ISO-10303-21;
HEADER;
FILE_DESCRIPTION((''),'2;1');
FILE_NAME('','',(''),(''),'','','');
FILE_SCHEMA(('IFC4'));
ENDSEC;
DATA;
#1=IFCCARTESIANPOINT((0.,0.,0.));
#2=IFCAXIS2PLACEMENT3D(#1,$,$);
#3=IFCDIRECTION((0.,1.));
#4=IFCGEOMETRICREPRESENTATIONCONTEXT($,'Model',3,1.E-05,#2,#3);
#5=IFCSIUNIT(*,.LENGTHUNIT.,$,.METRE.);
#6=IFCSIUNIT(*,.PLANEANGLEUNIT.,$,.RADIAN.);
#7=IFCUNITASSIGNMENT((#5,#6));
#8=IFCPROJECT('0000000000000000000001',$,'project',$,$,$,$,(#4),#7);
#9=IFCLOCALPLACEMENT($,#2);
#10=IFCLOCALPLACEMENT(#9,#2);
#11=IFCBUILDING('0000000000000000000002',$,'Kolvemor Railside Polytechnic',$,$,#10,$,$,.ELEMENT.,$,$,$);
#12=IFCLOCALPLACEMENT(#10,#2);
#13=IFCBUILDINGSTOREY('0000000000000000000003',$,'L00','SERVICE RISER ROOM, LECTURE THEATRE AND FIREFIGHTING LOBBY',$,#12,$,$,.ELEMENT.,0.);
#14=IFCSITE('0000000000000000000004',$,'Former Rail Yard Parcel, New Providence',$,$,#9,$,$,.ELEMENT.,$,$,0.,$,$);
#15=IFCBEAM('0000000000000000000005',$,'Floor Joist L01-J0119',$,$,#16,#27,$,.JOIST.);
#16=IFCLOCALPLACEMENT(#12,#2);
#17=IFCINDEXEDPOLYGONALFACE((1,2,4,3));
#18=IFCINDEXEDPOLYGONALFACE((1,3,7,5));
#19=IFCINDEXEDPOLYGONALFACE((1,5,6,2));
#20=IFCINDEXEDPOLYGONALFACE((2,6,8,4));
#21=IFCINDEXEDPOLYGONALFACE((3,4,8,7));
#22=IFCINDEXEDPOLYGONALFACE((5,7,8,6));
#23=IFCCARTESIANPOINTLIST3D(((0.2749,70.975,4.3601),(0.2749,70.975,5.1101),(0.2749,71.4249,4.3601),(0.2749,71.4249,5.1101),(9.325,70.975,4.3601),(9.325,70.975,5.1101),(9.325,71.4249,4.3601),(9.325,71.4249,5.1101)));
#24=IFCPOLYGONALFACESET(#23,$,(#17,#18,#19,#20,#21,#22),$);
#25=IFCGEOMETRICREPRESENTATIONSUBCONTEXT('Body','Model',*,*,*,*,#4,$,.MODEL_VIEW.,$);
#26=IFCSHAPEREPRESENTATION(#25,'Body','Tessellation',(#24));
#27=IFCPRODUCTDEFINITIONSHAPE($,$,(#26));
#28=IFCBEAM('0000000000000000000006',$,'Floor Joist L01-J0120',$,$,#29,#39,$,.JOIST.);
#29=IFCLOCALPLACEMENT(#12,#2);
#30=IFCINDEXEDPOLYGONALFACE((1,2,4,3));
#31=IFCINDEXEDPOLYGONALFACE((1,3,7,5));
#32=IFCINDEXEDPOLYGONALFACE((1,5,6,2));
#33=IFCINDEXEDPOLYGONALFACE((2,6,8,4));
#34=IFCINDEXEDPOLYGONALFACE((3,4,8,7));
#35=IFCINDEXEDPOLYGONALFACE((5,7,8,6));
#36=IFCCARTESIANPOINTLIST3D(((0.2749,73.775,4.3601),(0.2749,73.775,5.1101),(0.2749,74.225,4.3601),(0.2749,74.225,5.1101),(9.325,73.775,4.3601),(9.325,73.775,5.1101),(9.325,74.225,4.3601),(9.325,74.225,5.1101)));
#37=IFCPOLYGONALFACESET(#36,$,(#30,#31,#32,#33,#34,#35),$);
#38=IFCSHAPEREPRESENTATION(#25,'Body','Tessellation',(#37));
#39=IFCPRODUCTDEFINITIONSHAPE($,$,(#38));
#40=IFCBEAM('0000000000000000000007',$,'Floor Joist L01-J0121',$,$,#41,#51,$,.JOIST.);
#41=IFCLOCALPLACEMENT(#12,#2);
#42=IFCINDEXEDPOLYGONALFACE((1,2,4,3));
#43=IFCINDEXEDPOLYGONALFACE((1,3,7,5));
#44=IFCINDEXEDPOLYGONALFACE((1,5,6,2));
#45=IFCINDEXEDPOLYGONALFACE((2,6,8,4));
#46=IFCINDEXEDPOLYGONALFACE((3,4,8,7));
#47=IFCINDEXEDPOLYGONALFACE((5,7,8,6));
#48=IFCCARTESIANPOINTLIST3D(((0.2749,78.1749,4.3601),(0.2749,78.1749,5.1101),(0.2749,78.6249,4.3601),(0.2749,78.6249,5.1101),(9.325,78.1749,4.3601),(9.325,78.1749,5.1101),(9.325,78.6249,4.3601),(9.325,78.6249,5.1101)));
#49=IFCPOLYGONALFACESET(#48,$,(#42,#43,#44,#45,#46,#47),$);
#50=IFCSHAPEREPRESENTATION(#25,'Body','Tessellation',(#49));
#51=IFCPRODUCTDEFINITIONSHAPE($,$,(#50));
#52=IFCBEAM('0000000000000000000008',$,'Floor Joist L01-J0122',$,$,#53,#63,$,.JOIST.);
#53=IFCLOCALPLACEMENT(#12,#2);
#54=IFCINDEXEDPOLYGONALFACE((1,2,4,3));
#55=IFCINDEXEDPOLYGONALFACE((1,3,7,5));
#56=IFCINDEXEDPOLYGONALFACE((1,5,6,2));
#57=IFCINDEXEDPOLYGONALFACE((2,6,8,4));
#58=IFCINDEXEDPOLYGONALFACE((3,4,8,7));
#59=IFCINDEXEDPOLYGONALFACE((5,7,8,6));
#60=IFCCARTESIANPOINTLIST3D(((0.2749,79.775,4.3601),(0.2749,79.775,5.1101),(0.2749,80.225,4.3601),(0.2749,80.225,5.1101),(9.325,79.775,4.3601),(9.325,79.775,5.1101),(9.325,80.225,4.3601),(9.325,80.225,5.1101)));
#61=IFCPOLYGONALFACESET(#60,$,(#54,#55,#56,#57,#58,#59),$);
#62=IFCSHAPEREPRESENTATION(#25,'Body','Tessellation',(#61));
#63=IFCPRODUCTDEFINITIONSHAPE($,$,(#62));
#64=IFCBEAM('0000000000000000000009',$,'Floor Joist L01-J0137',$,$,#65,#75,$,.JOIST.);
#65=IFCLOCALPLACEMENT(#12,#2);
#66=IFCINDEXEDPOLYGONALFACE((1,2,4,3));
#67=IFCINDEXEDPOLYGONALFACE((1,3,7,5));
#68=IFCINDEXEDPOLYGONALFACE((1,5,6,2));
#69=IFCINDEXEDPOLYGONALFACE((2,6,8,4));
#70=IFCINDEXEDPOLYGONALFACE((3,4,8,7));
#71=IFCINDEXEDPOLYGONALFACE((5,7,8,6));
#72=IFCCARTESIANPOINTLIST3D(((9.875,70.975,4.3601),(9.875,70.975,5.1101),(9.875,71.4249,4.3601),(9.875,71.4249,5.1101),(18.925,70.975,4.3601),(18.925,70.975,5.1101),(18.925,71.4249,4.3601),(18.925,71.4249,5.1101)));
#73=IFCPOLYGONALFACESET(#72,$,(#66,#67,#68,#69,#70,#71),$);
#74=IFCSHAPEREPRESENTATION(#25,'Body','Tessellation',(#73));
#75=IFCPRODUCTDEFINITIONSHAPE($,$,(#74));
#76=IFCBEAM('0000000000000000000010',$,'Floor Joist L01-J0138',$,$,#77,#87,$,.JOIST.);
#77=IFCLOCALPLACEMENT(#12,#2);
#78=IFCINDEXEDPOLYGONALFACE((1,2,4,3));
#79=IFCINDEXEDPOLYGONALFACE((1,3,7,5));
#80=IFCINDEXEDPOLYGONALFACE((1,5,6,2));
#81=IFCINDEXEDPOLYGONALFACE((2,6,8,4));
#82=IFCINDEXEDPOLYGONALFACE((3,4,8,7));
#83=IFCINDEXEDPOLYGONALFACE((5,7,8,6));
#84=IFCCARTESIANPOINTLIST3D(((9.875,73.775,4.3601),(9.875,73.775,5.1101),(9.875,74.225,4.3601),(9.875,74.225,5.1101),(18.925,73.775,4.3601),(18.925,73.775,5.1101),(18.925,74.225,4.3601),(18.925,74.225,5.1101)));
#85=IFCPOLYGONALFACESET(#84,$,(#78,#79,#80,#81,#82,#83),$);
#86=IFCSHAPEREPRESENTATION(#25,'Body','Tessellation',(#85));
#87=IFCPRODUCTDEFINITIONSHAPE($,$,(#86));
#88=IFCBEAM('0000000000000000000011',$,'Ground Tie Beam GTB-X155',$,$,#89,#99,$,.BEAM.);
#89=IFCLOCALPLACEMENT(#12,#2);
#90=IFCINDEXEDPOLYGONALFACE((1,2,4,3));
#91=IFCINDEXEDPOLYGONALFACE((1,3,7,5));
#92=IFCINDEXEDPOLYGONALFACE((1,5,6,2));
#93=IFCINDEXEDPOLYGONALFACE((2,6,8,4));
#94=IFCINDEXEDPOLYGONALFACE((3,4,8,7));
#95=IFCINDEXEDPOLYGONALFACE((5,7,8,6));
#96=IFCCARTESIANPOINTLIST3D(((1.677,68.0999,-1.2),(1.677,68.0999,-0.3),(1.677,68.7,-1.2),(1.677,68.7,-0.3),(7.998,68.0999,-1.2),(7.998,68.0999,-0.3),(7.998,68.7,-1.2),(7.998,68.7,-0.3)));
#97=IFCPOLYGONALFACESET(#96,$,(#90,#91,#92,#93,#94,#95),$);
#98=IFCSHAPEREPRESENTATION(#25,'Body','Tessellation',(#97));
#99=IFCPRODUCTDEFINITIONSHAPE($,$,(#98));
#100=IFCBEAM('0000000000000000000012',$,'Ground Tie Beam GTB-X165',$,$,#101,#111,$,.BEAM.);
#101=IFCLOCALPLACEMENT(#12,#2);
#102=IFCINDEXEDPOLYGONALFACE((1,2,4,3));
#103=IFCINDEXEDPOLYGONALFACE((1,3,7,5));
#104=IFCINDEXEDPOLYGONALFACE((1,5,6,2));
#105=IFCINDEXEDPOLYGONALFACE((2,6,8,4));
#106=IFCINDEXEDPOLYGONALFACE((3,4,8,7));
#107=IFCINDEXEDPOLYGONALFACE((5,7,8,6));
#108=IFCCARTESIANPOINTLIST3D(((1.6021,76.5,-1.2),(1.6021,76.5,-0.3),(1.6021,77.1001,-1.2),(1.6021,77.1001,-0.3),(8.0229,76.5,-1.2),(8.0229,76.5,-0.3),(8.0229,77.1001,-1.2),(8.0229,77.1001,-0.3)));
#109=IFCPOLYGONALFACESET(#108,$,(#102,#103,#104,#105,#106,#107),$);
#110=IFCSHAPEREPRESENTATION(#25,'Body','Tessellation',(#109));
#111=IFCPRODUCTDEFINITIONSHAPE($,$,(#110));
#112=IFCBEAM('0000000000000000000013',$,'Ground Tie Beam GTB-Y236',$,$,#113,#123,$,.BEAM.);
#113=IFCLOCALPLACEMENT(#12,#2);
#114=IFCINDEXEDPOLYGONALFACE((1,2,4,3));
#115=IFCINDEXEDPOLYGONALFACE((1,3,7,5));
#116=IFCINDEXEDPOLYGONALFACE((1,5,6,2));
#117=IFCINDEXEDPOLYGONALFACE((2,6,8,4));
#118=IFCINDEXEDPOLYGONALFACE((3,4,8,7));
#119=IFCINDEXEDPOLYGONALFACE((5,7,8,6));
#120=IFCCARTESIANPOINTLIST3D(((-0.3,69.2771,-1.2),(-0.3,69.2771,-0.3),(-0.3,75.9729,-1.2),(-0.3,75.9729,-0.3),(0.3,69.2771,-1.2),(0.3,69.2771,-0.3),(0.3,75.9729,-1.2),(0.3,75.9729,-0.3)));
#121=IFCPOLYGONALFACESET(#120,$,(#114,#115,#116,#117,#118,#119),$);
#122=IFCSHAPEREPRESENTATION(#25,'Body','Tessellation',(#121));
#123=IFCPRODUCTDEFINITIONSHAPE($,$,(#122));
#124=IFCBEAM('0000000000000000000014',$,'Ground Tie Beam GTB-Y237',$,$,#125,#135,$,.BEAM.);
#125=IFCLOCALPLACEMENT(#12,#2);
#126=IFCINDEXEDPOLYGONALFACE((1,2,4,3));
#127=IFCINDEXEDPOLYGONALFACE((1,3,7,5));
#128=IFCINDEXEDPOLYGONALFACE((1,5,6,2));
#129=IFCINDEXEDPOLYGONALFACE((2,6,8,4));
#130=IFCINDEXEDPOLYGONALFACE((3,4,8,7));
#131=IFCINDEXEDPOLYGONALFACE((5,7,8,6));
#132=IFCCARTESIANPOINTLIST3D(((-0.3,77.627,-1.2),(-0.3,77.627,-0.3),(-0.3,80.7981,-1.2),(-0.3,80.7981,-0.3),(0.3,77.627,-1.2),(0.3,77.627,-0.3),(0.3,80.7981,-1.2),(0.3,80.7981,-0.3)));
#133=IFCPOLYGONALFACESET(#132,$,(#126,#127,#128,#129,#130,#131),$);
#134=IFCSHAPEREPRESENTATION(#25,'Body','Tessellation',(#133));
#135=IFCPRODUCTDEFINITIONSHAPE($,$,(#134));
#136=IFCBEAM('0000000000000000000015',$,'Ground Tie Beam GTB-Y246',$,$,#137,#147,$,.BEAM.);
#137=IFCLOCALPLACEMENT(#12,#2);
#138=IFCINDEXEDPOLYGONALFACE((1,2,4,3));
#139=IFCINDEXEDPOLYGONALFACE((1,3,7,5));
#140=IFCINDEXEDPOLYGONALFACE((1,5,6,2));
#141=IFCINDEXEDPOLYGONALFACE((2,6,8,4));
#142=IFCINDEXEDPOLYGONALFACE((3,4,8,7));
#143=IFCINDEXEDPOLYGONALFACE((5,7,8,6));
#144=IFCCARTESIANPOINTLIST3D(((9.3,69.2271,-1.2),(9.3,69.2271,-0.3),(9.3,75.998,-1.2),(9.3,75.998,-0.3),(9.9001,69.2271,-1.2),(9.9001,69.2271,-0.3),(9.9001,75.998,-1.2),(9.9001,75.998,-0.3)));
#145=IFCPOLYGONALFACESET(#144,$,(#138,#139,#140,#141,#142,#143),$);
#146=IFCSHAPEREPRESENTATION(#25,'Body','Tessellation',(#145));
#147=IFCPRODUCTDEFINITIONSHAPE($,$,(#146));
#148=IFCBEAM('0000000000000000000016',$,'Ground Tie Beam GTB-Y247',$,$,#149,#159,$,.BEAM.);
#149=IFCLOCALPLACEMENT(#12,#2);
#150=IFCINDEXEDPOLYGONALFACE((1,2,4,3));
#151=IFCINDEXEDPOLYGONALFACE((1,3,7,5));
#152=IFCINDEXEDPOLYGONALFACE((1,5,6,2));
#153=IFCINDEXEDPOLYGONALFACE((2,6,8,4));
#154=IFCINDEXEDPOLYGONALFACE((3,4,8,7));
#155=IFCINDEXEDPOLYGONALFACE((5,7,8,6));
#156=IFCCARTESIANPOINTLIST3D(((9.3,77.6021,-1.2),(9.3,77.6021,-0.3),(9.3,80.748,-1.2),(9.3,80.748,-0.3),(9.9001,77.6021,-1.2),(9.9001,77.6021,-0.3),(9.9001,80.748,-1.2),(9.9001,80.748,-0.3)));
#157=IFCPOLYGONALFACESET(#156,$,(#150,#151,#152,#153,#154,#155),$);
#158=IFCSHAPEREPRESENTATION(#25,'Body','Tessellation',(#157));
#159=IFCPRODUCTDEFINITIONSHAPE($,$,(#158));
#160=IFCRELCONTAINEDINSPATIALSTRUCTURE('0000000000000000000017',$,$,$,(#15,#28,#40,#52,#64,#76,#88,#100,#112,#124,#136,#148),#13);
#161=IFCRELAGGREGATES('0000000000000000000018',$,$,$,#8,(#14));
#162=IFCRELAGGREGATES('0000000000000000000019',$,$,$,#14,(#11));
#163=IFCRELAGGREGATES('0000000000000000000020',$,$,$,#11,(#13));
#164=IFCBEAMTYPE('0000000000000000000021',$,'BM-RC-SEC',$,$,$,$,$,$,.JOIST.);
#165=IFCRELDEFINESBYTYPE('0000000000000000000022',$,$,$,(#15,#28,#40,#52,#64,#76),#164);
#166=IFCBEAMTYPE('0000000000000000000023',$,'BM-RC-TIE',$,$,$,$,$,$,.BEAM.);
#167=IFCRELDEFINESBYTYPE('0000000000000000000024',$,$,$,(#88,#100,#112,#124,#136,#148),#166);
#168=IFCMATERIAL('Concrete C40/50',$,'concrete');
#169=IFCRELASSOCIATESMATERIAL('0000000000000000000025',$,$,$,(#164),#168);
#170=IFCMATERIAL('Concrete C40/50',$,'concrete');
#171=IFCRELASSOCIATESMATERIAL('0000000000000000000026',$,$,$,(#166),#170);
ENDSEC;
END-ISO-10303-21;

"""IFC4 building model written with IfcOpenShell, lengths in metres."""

from ifc_helpers import new_model, si_unit, direction, frame, origin, origin_2d, place, context, subcontext, project, spatial, rectangle, extrude, material, material_profile, profile_set, type_object, element, save


model = new_model("IFC4")

# Units and contexts
model_context = context("Model", 3, precision=1e-05, world=origin(), true_north=direction((0.0, 1.0)))
body_context = subcontext(model_context, "Body", "Model", "MODEL_VIEW")
ifc_project = project(units=[si_unit("LENGTHUNIT", "METRE"), si_unit("PLANEANGLEUNIT", "RADIAN")], contexts=[model_context])

# Site, building, storey
site_placement = place(None, origin())
site = spatial("IfcSite", under=ifc_project, at=site_placement, Name="Former Rail Yard Parcel, New Providence", CompositionType="ELEMENT", RefElevation=0.0)
building_placement = place(site_placement, origin())
building = spatial("IfcBuilding", under=site, at=building_placement, Name="Kolvemor Railside Polytechnic", CompositionType="ELEMENT")
storey_placement = place(building_placement, origin())
storey = spatial("IfcBuildingStorey", under=building, at=storey_placement, Name="L00", Description="SERVICE RISER ROOM, LECTURE THEATRE AND FIREFIGHTING LOBBY", CompositionType="ELEMENT", Elevation=0.0)

# Beams
ifc_material_1 = material(Name="Concrete C40/50", Category="concrete")
ifc_material_profile_1 = material_profile(ifc_material_1, rectangle(XDim=0.45, YDim=0.75, at=origin_2d()), Name="RC450x750")
ifc_profile_set_1 = profile_set([ifc_material_profile_1], Name="Concrete C40/50")
beam_type_1 = type_object("IfcBeamType", Name="BM-RC-SEC", PredefinedType="JOIST", material=ifc_profile_set_1)
for number, where, z_axis, x_axis, name in (
    (1, (0.2749, 71.2, 4.7351), (1.0, 0.0, 0.0), (0.0, 1.0, 0.0), "Floor Joist L01-J0119"),
    (2, (0.2749, 74.0, 4.7351), (1.0, 0.0, 0.0), (0.0, 1.0, 0.0), "Floor Joist L01-J0120"),
    (3, (0.2749, 78.3999, 4.7351), (1.0, 0.0, 0.0), (0.0, 1.0, 0.0), "Floor Joist L01-J0121"),
    (4, (0.2749, 80.0, 4.7351), (1.0, 0.0, 0.0), (0.0, 1.0, 0.0), "Floor Joist L01-J0122"),
    (5, (9.875, 71.2, 4.7351), (1.0, 0.0, 0.0), (0.0, 1.0, 0.0), "Floor Joist L01-J0137"),
    (6, (9.875, 74.0, 4.7351), (1.0, 0.0, 0.0), (0.0, 1.0, 0.0), "Floor Joist L01-J0138"),
):
    element("IfcBeam", number, at=place(storey_placement, frame(where, z_axis=z_axis, x_axis=x_axis)), inside=storey, type_object=beam_type_1, Name=name, PredefinedType="JOIST", context=body_context, shape_type="SweptSolid", body=[
        extrude(rectangle(XDim=0.45, YDim=0.75, at=origin_2d()), origin(), (0.0, 0.0, 1.0), 9.05),
    ])
ifc_material_2 = material(Name="Concrete C40/50", Category="concrete")
ifc_material_profile_2 = material_profile(ifc_material_2, rectangle(XDim=0.6001, YDim=0.8999, at=origin_2d()), Name="RC600x900")
ifc_profile_set_2 = profile_set([ifc_material_profile_2], Name="Concrete C40/50")
beam_type_2 = type_object("IfcBeamType", Name="BM-RC-TIE", PredefinedType="BEAM", material=ifc_profile_set_2)
beam_1_placement = place(storey_placement, frame((1.677, 68.3999, -0.75), z_axis=(1.0, 0.0, 0.0), x_axis=(0.0, 1.0, 0.0)))
element("IfcBeam", 7, at=beam_1_placement, inside=storey, type_object=beam_type_2, Name="Ground Tie Beam GTB-X155", PredefinedType="BEAM", context=body_context, shape_type="SweptSolid", body=[
    extrude(rectangle(XDim=0.6001, YDim=0.8999, at=origin_2d()), origin(), (0.0, 0.0, 1.0), 6.321),
])
beam_2_placement = place(storey_placement, frame((1.6021, 76.8, -0.75), z_axis=(1.0, 0.0, 0.0), x_axis=(0.0, 1.0, 0.0)))
element("IfcBeam", 8, at=beam_2_placement, inside=storey, type_object=beam_type_2, Name="Ground Tie Beam GTB-X165", PredefinedType="BEAM", context=body_context, shape_type="SweptSolid", body=[
    extrude(rectangle(XDim=0.6001, YDim=0.8999, at=origin_2d()), origin(), (0.0, 0.0, 1.0), 6.4209),
])
beam_3_placement = place(storey_placement, frame((0.0, 69.2771, -0.75), z_axis=(0.0, 1.0, 0.0), x_axis=(-1.0, 0.0, 0.0)))
element("IfcBeam", 9, at=beam_3_placement, inside=storey, type_object=beam_type_2, Name="Ground Tie Beam GTB-Y236", PredefinedType="BEAM", context=body_context, shape_type="SweptSolid", body=[
    extrude(rectangle(XDim=0.6001, YDim=0.8999, at=origin_2d()), origin(), (0.0, 0.0, 1.0), 6.6958),
])
beam_4_placement = place(storey_placement, frame((0.0, 77.627, -0.75), z_axis=(0.0, 1.0, 0.0), x_axis=(-1.0, 0.0, 0.0)))
element("IfcBeam", 10, at=beam_4_placement, inside=storey, type_object=beam_type_2, Name="Ground Tie Beam GTB-Y237", PredefinedType="BEAM", context=body_context, shape_type="SweptSolid", body=[
    extrude(rectangle(XDim=0.6001, YDim=0.8999, at=origin_2d()), origin(), (0.0, 0.0, 1.0), 3.1711),
])
beam_5_placement = place(storey_placement, frame((9.6001, 69.2271, -0.75), z_axis=(0.0, 1.0, 0.0), x_axis=(-1.0, 0.0, 0.0)))
element("IfcBeam", 11, at=beam_5_placement, inside=storey, type_object=beam_type_2, Name="Ground Tie Beam GTB-Y246", PredefinedType="BEAM", context=body_context, shape_type="SweptSolid", body=[
    extrude(rectangle(XDim=0.6001, YDim=0.8999, at=origin_2d()), origin(), (0.0, 0.0, 1.0), 6.771),
])
beam_6_placement = place(storey_placement, frame((9.6001, 77.6021, -0.75), z_axis=(0.0, 1.0, 0.0), x_axis=(-1.0, 0.0, 0.0)))
element("IfcBeam", 12, at=beam_6_placement, inside=storey, type_object=beam_type_2, Name="Ground Tie Beam GTB-Y247", PredefinedType="BEAM", context=body_context, shape_type="SweptSolid", body=[
    extrude(rectangle(XDim=0.6001, YDim=0.8999, at=origin_2d()), origin(), (0.0, 0.0, 1.0), 3.146),
])

save(model, "model.ifc")
